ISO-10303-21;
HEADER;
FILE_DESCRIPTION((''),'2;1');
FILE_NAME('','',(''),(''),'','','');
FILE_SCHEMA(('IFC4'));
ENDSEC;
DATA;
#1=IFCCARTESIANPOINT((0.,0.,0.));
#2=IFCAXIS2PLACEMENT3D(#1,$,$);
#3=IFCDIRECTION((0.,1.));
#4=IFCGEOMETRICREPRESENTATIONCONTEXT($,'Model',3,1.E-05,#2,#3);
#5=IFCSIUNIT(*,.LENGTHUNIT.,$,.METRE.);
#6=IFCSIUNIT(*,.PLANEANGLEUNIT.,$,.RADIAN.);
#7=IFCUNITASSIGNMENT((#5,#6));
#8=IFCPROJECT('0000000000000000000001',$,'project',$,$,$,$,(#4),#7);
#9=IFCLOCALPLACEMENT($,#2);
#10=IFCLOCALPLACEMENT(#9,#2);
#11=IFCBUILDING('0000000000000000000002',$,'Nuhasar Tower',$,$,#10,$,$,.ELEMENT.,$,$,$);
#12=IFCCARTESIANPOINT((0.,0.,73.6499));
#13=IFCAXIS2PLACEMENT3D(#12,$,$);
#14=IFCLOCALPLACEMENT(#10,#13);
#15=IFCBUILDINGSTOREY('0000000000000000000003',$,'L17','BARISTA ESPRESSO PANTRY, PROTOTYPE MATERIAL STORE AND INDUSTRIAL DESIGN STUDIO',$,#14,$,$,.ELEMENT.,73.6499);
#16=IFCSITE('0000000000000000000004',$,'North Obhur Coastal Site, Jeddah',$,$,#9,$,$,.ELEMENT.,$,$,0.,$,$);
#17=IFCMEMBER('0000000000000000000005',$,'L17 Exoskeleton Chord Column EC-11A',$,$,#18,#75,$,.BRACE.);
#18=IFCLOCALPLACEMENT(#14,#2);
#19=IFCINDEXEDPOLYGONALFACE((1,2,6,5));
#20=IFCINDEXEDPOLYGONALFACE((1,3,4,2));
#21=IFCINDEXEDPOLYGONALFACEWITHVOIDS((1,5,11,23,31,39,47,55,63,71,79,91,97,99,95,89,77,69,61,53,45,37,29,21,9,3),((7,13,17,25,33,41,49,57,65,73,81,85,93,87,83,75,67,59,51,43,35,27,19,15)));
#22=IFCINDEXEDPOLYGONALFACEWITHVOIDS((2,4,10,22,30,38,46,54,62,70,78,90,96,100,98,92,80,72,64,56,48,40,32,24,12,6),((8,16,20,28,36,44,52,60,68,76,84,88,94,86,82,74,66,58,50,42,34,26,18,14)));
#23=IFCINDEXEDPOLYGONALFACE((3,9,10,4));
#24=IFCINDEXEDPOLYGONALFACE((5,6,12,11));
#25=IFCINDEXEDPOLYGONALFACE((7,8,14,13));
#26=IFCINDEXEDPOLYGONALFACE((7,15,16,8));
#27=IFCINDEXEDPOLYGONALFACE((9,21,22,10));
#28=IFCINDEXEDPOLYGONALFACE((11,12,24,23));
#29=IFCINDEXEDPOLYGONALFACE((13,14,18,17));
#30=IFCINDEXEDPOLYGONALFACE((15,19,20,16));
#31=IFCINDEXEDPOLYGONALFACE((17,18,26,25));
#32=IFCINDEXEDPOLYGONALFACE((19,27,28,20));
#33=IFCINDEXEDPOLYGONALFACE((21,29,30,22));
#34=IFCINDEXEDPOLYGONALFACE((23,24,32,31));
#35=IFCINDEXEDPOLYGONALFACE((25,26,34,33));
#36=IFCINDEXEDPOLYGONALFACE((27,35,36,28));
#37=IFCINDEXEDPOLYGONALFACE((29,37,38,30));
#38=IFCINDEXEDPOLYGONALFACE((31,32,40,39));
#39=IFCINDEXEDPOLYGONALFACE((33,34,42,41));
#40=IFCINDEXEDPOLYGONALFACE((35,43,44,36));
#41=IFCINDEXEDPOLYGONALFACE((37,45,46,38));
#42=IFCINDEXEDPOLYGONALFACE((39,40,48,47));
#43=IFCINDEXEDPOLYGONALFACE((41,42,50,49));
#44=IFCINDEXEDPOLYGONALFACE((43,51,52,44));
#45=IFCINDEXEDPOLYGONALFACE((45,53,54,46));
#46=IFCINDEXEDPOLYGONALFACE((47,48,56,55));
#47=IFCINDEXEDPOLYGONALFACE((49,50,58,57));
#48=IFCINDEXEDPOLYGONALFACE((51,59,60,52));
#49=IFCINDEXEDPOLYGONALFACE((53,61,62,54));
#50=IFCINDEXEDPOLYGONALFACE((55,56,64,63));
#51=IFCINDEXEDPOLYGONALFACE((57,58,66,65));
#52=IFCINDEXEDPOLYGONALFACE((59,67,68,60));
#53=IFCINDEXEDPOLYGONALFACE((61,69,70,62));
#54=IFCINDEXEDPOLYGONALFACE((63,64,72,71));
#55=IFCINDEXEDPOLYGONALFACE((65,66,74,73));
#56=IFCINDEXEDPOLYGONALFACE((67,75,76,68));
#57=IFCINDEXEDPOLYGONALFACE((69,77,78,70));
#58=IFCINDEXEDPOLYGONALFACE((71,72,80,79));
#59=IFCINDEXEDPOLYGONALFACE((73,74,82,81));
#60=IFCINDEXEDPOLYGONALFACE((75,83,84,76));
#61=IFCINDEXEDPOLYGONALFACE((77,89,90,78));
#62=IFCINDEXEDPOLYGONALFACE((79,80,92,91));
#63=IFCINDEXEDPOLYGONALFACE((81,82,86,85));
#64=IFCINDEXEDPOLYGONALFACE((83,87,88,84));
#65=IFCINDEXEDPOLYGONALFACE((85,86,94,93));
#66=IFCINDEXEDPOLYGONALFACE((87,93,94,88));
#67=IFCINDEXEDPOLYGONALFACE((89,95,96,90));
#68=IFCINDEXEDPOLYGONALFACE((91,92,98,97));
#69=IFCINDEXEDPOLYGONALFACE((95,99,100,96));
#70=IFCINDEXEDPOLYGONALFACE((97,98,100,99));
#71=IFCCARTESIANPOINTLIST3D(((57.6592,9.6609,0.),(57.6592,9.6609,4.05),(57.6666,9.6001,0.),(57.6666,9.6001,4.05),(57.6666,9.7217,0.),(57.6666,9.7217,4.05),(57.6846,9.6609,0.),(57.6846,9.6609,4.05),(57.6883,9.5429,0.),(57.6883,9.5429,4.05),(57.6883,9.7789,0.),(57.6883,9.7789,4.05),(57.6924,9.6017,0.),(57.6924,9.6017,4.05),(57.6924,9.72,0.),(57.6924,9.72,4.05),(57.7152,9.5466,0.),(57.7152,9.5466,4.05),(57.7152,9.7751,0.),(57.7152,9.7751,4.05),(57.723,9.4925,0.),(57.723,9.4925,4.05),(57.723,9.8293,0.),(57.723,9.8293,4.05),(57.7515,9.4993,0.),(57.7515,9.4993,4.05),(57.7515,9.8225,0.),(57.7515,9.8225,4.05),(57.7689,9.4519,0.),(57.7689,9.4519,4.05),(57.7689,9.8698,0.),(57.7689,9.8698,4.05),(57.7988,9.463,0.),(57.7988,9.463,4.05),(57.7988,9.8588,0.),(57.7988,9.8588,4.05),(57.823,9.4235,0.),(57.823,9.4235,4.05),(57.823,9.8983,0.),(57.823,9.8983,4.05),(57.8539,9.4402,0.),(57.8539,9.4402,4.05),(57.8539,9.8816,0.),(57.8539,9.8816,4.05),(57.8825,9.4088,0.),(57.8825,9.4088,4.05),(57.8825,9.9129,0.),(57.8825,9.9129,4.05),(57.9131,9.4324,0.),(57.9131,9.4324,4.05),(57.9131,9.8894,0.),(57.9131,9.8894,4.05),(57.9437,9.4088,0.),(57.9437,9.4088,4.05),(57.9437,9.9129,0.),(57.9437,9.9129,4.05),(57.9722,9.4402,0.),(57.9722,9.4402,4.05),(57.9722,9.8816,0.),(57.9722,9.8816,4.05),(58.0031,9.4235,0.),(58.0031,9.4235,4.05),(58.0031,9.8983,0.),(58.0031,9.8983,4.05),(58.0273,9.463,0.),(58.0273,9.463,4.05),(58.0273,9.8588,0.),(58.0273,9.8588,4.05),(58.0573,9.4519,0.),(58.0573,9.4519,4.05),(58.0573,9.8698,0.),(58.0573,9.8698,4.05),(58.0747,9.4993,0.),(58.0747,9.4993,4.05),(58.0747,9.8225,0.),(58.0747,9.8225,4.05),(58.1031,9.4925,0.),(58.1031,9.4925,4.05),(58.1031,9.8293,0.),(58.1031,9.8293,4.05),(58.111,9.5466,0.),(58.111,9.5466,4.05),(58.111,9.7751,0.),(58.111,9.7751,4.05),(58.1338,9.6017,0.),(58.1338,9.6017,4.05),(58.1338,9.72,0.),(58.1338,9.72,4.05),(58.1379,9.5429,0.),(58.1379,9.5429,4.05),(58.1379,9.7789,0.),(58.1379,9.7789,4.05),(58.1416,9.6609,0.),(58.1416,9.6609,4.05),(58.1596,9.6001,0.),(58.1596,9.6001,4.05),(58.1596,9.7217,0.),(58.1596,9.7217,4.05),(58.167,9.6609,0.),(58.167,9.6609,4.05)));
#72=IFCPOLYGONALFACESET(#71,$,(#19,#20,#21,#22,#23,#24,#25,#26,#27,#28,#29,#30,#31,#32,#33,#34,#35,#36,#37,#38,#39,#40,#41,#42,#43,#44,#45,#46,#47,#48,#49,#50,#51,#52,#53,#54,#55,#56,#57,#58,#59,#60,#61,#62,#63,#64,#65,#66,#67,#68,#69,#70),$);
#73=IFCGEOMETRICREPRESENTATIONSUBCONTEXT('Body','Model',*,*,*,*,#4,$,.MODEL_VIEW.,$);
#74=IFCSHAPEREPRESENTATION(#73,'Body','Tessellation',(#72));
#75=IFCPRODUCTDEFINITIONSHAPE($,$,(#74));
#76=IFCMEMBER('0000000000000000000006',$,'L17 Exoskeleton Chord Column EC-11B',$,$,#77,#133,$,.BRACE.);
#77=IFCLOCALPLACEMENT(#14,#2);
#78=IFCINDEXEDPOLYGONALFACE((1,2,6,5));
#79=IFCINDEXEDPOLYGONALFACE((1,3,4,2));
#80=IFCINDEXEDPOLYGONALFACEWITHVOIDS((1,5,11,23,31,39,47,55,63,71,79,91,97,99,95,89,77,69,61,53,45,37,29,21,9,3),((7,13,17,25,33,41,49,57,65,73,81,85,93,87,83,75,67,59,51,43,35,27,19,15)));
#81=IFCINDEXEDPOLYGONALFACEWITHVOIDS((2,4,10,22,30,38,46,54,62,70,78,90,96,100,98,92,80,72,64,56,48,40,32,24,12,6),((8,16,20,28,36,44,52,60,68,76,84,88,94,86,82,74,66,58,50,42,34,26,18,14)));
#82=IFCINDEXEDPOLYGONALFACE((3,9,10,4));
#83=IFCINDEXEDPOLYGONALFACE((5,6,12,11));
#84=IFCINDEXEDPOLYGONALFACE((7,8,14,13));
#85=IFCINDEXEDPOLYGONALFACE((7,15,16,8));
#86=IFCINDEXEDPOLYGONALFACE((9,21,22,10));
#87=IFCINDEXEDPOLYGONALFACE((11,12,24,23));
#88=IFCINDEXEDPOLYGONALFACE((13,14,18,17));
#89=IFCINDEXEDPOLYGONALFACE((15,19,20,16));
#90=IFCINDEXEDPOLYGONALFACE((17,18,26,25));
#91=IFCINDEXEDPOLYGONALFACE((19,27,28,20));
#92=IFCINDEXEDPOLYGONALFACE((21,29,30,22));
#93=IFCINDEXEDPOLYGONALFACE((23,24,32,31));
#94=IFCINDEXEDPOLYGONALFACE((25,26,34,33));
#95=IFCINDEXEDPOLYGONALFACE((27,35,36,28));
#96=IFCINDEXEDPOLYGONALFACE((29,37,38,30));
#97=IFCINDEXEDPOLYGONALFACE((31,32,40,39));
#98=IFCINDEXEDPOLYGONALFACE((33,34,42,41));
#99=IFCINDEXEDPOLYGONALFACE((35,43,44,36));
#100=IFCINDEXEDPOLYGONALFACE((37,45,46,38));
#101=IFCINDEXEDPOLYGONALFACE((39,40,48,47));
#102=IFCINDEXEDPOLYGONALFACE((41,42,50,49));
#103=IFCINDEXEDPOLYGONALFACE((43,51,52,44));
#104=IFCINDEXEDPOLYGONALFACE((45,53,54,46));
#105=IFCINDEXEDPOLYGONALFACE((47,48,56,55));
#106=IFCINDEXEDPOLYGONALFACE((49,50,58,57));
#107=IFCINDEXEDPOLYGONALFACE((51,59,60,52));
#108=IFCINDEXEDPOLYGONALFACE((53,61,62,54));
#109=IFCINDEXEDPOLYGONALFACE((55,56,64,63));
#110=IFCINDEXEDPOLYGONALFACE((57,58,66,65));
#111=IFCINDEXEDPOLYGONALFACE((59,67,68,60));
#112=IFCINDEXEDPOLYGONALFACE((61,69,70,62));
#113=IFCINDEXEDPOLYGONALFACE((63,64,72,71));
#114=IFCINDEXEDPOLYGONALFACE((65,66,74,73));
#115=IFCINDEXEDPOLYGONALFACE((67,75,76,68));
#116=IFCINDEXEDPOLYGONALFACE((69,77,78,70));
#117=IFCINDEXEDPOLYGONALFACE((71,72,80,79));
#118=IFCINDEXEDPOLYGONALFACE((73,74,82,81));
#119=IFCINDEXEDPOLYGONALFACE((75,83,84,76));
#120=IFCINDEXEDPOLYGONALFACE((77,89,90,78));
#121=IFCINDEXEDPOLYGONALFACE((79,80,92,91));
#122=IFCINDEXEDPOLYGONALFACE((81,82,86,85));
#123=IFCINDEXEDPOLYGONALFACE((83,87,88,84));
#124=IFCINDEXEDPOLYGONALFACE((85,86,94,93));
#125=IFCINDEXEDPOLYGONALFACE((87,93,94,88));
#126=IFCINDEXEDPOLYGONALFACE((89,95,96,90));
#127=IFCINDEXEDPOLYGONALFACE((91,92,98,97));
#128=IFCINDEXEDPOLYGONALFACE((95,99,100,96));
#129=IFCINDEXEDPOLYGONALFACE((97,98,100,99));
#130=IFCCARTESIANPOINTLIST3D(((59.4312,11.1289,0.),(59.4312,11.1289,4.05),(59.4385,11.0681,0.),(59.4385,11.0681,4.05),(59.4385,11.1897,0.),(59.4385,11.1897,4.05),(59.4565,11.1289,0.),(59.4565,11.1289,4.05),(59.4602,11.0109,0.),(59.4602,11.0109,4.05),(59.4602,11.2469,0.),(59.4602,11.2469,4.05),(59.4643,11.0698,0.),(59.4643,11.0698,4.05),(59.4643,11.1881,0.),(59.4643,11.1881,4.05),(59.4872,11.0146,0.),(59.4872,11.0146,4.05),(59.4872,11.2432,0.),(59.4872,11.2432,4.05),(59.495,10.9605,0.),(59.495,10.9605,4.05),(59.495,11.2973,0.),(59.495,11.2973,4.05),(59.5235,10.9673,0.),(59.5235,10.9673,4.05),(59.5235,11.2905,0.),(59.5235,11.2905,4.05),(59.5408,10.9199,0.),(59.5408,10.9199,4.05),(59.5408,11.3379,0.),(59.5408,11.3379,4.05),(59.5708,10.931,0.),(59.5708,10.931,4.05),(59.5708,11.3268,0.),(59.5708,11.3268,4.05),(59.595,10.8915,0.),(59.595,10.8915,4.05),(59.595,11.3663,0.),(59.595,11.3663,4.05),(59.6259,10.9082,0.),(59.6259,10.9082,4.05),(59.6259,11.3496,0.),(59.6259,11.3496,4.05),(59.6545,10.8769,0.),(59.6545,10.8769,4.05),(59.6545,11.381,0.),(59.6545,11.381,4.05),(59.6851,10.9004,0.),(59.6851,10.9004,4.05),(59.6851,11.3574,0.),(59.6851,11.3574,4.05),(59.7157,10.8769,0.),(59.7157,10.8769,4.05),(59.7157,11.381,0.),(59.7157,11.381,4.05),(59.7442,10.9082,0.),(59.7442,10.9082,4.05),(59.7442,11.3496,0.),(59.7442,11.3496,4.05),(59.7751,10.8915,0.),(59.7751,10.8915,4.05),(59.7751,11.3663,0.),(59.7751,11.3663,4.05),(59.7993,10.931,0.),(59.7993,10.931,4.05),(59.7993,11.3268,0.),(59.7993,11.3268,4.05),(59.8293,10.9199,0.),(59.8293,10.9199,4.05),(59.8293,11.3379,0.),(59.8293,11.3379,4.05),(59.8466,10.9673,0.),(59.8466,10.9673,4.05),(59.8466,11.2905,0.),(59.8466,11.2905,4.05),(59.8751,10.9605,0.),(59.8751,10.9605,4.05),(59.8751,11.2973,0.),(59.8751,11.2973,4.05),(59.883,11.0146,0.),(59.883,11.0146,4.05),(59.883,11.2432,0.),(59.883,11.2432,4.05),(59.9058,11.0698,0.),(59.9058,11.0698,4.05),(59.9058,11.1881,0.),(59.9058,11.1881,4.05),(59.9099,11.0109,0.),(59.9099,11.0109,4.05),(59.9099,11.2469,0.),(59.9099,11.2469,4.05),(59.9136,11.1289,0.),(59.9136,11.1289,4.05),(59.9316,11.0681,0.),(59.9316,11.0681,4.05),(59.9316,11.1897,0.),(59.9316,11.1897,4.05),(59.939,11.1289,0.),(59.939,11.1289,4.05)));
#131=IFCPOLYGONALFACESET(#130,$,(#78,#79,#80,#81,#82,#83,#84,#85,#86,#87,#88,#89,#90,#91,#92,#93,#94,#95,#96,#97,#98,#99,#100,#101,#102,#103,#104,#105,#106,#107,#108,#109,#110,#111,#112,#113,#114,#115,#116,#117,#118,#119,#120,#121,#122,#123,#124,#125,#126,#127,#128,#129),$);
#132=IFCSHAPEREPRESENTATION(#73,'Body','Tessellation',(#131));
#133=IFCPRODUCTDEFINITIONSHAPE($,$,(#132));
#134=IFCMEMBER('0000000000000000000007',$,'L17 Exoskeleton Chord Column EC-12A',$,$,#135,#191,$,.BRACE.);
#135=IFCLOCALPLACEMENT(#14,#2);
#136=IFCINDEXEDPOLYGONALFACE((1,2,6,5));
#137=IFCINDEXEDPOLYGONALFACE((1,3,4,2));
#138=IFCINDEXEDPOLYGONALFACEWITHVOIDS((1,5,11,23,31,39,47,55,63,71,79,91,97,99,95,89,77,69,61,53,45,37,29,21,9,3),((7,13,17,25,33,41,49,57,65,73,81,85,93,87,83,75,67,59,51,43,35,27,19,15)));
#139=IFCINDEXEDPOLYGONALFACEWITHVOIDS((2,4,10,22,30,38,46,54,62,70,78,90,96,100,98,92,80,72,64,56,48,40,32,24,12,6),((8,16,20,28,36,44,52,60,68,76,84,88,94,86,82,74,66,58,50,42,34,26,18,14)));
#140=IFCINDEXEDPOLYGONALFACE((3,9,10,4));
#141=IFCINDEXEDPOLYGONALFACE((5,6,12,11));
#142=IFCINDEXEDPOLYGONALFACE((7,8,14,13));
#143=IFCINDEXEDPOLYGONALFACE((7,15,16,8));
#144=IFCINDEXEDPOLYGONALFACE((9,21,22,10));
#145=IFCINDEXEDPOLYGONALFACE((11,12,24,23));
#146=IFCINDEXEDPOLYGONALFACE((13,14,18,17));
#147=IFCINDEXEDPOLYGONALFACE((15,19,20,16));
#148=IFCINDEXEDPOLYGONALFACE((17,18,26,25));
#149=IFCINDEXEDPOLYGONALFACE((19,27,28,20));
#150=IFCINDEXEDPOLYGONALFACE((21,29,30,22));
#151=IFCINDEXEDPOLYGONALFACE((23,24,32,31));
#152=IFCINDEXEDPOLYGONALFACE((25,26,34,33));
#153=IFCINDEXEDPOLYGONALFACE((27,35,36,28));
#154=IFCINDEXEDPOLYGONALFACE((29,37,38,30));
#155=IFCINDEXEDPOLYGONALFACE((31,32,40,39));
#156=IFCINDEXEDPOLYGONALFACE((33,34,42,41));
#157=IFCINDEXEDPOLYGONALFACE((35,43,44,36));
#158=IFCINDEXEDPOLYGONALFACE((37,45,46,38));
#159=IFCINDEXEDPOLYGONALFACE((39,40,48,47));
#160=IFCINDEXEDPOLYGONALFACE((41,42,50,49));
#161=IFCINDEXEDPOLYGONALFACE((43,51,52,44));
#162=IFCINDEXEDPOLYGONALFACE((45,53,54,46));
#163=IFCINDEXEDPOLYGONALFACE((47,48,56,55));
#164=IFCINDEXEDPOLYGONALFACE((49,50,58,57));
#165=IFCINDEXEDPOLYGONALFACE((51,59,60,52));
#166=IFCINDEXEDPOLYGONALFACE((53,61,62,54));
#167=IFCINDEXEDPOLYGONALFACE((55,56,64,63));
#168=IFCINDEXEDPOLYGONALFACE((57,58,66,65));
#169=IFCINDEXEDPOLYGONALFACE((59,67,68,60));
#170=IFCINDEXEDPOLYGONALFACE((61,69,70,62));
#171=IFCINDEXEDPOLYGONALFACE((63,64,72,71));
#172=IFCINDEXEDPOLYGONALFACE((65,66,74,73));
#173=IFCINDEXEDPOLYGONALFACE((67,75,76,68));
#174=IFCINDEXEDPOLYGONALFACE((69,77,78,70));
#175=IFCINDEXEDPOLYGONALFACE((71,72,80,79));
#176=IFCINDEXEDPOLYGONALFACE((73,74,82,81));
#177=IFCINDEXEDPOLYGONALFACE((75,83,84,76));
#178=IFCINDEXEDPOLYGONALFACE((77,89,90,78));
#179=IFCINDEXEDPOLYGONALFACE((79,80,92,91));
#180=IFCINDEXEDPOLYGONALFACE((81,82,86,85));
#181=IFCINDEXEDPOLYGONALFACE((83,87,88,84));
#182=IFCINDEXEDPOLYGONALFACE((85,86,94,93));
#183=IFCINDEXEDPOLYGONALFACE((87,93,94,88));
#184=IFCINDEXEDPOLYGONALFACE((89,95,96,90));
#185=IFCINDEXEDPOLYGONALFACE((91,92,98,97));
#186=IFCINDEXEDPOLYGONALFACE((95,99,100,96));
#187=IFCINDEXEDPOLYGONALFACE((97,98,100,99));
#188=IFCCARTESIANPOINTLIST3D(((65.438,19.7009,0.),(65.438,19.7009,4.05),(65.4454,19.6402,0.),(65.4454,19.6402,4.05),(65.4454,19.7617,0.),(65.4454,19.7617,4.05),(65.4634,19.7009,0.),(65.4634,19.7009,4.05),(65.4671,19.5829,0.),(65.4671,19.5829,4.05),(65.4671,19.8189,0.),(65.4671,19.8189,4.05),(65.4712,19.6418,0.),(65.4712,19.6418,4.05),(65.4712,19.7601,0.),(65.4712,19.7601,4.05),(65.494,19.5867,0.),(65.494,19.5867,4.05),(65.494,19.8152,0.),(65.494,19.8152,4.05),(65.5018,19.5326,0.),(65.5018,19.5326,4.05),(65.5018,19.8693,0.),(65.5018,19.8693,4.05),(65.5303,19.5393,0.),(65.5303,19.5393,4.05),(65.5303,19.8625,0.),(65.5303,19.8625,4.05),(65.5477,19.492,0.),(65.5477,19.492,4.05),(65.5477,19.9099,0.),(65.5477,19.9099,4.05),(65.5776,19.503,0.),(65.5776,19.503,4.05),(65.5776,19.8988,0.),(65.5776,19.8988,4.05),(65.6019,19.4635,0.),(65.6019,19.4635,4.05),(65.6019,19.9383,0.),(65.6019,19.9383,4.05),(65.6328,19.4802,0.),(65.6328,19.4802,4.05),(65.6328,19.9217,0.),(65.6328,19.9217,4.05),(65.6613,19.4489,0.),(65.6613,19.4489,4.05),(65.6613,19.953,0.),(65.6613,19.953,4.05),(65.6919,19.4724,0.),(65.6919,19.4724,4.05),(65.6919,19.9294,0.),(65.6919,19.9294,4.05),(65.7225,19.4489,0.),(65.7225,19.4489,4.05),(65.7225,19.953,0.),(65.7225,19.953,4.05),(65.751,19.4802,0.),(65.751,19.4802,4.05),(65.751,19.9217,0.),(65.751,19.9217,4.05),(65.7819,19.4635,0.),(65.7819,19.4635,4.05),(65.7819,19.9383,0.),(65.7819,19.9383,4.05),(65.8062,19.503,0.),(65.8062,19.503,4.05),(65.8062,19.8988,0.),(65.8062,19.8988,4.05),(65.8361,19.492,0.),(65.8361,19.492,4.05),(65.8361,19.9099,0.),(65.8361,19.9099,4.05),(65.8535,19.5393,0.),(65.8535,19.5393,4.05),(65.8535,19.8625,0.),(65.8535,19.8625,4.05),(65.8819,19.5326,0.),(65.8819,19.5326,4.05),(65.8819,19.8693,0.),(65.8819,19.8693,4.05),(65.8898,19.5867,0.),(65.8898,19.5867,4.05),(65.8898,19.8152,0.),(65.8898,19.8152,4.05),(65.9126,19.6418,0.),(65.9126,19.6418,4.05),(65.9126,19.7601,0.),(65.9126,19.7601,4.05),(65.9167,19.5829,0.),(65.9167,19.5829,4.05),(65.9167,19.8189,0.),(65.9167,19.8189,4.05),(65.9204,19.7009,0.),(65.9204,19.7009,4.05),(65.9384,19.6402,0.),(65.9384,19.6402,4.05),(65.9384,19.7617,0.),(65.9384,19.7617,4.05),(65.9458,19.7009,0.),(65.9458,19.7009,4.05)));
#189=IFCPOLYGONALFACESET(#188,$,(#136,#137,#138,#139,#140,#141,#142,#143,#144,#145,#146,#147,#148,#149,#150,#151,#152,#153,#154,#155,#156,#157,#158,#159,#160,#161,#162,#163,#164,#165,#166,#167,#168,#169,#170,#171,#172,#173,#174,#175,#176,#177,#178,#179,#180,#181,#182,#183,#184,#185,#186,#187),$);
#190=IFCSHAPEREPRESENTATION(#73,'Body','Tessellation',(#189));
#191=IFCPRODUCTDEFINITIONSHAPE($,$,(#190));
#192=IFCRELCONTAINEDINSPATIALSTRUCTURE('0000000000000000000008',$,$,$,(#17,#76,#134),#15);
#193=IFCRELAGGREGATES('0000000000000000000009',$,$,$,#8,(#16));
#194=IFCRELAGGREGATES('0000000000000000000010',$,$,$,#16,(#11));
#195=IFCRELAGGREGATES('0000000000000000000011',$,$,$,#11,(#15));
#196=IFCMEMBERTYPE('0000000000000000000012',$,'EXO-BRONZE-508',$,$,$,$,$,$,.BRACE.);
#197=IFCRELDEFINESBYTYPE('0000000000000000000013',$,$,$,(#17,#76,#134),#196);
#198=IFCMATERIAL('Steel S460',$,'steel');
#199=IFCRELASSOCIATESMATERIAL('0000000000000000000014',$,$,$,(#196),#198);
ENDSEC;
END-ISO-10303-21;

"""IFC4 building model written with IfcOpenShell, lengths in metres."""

from ifc_helpers import new_model, si_unit, direction, frame, origin, origin_2d, place, context, subcontext, project, spatial, hollow_circle, extrude, material, material_profile, profile_set, type_object, element, save


model = new_model("IFC4")

# Units and contexts
model_context = context("Model", 3, precision=1e-05, world=origin(), true_north=direction((0.0, 1.0)))
body_context = subcontext(model_context, "Body", "Model", "MODEL_VIEW")
ifc_project = project(units=[si_unit("LENGTHUNIT", "METRE"), si_unit("PLANEANGLEUNIT", "RADIAN")], contexts=[model_context])

# Site, building, storey
site_placement = place(None, origin())
site = spatial("IfcSite", under=ifc_project, at=site_placement, Name="North Obhur Coastal Site, Jeddah", CompositionType="ELEMENT", RefElevation=0.0)
building_placement = place(site_placement, origin())
building = spatial("IfcBuilding", under=site, at=building_placement, Name="Nuhasar Tower", CompositionType="ELEMENT")
storey_placement = place(building_placement, frame((0.0, 0.0, 73.6499)))
storey = spatial("IfcBuildingStorey", under=building, at=storey_placement, Name="L17", Description="BARISTA ESPRESSO PANTRY, PROTOTYPE MATERIAL STORE AND INDUSTRIAL DESIGN STUDIO", CompositionType="ELEMENT", Elevation=73.6499)

# Members
ifc_material_1 = material(Name="Steel S460", Category="steel")
ifc_material_profile_1 = material_profile(ifc_material_1, hollow_circle(Radius=0.2539, WallThickness=0.0254, at=origin_2d()), Name="HSS508X25.4")
ifc_profile_set_1 = profile_set([ifc_material_profile_1], Name="Steel S460")
member_type_1 = type_object("IfcMemberType", Name="EXO-BRONZE-508", PredefinedType="BRACE", material=ifc_profile_set_1)
for number, where, z_axis, x_axis, name in (
    (1, (57.9131, 9.6609, 0.0), (0.0, 0.0, 1.0), (1.0, 0.0, 0.0), "L17 Exoskeleton Chord Column EC-11A"),
    (2, (59.6851, 11.1289, 0.0), (0.0, 0.0, 1.0), (1.0, 0.0, 0.0), "L17 Exoskeleton Chord Column EC-11B"),
    (3, (65.6919, 19.7009, 0.0), (0.0, 0.0, 1.0), (1.0, 0.0, 0.0), "L17 Exoskeleton Chord Column EC-12A"),
):
    element("IfcMember", number, at=place(storey_placement, frame(where, z_axis=z_axis, x_axis=x_axis)), inside=storey, type_object=member_type_1, Name=name, PredefinedType="BRACE", context=body_context, shape_type="SweptSolid", body=[
        extrude(hollow_circle(Radius=0.2539, WallThickness=0.0254, at=origin_2d()), origin(), (0.0, 0.0, 1.0), 4.05),
    ])

save(model, "model.ifc")
